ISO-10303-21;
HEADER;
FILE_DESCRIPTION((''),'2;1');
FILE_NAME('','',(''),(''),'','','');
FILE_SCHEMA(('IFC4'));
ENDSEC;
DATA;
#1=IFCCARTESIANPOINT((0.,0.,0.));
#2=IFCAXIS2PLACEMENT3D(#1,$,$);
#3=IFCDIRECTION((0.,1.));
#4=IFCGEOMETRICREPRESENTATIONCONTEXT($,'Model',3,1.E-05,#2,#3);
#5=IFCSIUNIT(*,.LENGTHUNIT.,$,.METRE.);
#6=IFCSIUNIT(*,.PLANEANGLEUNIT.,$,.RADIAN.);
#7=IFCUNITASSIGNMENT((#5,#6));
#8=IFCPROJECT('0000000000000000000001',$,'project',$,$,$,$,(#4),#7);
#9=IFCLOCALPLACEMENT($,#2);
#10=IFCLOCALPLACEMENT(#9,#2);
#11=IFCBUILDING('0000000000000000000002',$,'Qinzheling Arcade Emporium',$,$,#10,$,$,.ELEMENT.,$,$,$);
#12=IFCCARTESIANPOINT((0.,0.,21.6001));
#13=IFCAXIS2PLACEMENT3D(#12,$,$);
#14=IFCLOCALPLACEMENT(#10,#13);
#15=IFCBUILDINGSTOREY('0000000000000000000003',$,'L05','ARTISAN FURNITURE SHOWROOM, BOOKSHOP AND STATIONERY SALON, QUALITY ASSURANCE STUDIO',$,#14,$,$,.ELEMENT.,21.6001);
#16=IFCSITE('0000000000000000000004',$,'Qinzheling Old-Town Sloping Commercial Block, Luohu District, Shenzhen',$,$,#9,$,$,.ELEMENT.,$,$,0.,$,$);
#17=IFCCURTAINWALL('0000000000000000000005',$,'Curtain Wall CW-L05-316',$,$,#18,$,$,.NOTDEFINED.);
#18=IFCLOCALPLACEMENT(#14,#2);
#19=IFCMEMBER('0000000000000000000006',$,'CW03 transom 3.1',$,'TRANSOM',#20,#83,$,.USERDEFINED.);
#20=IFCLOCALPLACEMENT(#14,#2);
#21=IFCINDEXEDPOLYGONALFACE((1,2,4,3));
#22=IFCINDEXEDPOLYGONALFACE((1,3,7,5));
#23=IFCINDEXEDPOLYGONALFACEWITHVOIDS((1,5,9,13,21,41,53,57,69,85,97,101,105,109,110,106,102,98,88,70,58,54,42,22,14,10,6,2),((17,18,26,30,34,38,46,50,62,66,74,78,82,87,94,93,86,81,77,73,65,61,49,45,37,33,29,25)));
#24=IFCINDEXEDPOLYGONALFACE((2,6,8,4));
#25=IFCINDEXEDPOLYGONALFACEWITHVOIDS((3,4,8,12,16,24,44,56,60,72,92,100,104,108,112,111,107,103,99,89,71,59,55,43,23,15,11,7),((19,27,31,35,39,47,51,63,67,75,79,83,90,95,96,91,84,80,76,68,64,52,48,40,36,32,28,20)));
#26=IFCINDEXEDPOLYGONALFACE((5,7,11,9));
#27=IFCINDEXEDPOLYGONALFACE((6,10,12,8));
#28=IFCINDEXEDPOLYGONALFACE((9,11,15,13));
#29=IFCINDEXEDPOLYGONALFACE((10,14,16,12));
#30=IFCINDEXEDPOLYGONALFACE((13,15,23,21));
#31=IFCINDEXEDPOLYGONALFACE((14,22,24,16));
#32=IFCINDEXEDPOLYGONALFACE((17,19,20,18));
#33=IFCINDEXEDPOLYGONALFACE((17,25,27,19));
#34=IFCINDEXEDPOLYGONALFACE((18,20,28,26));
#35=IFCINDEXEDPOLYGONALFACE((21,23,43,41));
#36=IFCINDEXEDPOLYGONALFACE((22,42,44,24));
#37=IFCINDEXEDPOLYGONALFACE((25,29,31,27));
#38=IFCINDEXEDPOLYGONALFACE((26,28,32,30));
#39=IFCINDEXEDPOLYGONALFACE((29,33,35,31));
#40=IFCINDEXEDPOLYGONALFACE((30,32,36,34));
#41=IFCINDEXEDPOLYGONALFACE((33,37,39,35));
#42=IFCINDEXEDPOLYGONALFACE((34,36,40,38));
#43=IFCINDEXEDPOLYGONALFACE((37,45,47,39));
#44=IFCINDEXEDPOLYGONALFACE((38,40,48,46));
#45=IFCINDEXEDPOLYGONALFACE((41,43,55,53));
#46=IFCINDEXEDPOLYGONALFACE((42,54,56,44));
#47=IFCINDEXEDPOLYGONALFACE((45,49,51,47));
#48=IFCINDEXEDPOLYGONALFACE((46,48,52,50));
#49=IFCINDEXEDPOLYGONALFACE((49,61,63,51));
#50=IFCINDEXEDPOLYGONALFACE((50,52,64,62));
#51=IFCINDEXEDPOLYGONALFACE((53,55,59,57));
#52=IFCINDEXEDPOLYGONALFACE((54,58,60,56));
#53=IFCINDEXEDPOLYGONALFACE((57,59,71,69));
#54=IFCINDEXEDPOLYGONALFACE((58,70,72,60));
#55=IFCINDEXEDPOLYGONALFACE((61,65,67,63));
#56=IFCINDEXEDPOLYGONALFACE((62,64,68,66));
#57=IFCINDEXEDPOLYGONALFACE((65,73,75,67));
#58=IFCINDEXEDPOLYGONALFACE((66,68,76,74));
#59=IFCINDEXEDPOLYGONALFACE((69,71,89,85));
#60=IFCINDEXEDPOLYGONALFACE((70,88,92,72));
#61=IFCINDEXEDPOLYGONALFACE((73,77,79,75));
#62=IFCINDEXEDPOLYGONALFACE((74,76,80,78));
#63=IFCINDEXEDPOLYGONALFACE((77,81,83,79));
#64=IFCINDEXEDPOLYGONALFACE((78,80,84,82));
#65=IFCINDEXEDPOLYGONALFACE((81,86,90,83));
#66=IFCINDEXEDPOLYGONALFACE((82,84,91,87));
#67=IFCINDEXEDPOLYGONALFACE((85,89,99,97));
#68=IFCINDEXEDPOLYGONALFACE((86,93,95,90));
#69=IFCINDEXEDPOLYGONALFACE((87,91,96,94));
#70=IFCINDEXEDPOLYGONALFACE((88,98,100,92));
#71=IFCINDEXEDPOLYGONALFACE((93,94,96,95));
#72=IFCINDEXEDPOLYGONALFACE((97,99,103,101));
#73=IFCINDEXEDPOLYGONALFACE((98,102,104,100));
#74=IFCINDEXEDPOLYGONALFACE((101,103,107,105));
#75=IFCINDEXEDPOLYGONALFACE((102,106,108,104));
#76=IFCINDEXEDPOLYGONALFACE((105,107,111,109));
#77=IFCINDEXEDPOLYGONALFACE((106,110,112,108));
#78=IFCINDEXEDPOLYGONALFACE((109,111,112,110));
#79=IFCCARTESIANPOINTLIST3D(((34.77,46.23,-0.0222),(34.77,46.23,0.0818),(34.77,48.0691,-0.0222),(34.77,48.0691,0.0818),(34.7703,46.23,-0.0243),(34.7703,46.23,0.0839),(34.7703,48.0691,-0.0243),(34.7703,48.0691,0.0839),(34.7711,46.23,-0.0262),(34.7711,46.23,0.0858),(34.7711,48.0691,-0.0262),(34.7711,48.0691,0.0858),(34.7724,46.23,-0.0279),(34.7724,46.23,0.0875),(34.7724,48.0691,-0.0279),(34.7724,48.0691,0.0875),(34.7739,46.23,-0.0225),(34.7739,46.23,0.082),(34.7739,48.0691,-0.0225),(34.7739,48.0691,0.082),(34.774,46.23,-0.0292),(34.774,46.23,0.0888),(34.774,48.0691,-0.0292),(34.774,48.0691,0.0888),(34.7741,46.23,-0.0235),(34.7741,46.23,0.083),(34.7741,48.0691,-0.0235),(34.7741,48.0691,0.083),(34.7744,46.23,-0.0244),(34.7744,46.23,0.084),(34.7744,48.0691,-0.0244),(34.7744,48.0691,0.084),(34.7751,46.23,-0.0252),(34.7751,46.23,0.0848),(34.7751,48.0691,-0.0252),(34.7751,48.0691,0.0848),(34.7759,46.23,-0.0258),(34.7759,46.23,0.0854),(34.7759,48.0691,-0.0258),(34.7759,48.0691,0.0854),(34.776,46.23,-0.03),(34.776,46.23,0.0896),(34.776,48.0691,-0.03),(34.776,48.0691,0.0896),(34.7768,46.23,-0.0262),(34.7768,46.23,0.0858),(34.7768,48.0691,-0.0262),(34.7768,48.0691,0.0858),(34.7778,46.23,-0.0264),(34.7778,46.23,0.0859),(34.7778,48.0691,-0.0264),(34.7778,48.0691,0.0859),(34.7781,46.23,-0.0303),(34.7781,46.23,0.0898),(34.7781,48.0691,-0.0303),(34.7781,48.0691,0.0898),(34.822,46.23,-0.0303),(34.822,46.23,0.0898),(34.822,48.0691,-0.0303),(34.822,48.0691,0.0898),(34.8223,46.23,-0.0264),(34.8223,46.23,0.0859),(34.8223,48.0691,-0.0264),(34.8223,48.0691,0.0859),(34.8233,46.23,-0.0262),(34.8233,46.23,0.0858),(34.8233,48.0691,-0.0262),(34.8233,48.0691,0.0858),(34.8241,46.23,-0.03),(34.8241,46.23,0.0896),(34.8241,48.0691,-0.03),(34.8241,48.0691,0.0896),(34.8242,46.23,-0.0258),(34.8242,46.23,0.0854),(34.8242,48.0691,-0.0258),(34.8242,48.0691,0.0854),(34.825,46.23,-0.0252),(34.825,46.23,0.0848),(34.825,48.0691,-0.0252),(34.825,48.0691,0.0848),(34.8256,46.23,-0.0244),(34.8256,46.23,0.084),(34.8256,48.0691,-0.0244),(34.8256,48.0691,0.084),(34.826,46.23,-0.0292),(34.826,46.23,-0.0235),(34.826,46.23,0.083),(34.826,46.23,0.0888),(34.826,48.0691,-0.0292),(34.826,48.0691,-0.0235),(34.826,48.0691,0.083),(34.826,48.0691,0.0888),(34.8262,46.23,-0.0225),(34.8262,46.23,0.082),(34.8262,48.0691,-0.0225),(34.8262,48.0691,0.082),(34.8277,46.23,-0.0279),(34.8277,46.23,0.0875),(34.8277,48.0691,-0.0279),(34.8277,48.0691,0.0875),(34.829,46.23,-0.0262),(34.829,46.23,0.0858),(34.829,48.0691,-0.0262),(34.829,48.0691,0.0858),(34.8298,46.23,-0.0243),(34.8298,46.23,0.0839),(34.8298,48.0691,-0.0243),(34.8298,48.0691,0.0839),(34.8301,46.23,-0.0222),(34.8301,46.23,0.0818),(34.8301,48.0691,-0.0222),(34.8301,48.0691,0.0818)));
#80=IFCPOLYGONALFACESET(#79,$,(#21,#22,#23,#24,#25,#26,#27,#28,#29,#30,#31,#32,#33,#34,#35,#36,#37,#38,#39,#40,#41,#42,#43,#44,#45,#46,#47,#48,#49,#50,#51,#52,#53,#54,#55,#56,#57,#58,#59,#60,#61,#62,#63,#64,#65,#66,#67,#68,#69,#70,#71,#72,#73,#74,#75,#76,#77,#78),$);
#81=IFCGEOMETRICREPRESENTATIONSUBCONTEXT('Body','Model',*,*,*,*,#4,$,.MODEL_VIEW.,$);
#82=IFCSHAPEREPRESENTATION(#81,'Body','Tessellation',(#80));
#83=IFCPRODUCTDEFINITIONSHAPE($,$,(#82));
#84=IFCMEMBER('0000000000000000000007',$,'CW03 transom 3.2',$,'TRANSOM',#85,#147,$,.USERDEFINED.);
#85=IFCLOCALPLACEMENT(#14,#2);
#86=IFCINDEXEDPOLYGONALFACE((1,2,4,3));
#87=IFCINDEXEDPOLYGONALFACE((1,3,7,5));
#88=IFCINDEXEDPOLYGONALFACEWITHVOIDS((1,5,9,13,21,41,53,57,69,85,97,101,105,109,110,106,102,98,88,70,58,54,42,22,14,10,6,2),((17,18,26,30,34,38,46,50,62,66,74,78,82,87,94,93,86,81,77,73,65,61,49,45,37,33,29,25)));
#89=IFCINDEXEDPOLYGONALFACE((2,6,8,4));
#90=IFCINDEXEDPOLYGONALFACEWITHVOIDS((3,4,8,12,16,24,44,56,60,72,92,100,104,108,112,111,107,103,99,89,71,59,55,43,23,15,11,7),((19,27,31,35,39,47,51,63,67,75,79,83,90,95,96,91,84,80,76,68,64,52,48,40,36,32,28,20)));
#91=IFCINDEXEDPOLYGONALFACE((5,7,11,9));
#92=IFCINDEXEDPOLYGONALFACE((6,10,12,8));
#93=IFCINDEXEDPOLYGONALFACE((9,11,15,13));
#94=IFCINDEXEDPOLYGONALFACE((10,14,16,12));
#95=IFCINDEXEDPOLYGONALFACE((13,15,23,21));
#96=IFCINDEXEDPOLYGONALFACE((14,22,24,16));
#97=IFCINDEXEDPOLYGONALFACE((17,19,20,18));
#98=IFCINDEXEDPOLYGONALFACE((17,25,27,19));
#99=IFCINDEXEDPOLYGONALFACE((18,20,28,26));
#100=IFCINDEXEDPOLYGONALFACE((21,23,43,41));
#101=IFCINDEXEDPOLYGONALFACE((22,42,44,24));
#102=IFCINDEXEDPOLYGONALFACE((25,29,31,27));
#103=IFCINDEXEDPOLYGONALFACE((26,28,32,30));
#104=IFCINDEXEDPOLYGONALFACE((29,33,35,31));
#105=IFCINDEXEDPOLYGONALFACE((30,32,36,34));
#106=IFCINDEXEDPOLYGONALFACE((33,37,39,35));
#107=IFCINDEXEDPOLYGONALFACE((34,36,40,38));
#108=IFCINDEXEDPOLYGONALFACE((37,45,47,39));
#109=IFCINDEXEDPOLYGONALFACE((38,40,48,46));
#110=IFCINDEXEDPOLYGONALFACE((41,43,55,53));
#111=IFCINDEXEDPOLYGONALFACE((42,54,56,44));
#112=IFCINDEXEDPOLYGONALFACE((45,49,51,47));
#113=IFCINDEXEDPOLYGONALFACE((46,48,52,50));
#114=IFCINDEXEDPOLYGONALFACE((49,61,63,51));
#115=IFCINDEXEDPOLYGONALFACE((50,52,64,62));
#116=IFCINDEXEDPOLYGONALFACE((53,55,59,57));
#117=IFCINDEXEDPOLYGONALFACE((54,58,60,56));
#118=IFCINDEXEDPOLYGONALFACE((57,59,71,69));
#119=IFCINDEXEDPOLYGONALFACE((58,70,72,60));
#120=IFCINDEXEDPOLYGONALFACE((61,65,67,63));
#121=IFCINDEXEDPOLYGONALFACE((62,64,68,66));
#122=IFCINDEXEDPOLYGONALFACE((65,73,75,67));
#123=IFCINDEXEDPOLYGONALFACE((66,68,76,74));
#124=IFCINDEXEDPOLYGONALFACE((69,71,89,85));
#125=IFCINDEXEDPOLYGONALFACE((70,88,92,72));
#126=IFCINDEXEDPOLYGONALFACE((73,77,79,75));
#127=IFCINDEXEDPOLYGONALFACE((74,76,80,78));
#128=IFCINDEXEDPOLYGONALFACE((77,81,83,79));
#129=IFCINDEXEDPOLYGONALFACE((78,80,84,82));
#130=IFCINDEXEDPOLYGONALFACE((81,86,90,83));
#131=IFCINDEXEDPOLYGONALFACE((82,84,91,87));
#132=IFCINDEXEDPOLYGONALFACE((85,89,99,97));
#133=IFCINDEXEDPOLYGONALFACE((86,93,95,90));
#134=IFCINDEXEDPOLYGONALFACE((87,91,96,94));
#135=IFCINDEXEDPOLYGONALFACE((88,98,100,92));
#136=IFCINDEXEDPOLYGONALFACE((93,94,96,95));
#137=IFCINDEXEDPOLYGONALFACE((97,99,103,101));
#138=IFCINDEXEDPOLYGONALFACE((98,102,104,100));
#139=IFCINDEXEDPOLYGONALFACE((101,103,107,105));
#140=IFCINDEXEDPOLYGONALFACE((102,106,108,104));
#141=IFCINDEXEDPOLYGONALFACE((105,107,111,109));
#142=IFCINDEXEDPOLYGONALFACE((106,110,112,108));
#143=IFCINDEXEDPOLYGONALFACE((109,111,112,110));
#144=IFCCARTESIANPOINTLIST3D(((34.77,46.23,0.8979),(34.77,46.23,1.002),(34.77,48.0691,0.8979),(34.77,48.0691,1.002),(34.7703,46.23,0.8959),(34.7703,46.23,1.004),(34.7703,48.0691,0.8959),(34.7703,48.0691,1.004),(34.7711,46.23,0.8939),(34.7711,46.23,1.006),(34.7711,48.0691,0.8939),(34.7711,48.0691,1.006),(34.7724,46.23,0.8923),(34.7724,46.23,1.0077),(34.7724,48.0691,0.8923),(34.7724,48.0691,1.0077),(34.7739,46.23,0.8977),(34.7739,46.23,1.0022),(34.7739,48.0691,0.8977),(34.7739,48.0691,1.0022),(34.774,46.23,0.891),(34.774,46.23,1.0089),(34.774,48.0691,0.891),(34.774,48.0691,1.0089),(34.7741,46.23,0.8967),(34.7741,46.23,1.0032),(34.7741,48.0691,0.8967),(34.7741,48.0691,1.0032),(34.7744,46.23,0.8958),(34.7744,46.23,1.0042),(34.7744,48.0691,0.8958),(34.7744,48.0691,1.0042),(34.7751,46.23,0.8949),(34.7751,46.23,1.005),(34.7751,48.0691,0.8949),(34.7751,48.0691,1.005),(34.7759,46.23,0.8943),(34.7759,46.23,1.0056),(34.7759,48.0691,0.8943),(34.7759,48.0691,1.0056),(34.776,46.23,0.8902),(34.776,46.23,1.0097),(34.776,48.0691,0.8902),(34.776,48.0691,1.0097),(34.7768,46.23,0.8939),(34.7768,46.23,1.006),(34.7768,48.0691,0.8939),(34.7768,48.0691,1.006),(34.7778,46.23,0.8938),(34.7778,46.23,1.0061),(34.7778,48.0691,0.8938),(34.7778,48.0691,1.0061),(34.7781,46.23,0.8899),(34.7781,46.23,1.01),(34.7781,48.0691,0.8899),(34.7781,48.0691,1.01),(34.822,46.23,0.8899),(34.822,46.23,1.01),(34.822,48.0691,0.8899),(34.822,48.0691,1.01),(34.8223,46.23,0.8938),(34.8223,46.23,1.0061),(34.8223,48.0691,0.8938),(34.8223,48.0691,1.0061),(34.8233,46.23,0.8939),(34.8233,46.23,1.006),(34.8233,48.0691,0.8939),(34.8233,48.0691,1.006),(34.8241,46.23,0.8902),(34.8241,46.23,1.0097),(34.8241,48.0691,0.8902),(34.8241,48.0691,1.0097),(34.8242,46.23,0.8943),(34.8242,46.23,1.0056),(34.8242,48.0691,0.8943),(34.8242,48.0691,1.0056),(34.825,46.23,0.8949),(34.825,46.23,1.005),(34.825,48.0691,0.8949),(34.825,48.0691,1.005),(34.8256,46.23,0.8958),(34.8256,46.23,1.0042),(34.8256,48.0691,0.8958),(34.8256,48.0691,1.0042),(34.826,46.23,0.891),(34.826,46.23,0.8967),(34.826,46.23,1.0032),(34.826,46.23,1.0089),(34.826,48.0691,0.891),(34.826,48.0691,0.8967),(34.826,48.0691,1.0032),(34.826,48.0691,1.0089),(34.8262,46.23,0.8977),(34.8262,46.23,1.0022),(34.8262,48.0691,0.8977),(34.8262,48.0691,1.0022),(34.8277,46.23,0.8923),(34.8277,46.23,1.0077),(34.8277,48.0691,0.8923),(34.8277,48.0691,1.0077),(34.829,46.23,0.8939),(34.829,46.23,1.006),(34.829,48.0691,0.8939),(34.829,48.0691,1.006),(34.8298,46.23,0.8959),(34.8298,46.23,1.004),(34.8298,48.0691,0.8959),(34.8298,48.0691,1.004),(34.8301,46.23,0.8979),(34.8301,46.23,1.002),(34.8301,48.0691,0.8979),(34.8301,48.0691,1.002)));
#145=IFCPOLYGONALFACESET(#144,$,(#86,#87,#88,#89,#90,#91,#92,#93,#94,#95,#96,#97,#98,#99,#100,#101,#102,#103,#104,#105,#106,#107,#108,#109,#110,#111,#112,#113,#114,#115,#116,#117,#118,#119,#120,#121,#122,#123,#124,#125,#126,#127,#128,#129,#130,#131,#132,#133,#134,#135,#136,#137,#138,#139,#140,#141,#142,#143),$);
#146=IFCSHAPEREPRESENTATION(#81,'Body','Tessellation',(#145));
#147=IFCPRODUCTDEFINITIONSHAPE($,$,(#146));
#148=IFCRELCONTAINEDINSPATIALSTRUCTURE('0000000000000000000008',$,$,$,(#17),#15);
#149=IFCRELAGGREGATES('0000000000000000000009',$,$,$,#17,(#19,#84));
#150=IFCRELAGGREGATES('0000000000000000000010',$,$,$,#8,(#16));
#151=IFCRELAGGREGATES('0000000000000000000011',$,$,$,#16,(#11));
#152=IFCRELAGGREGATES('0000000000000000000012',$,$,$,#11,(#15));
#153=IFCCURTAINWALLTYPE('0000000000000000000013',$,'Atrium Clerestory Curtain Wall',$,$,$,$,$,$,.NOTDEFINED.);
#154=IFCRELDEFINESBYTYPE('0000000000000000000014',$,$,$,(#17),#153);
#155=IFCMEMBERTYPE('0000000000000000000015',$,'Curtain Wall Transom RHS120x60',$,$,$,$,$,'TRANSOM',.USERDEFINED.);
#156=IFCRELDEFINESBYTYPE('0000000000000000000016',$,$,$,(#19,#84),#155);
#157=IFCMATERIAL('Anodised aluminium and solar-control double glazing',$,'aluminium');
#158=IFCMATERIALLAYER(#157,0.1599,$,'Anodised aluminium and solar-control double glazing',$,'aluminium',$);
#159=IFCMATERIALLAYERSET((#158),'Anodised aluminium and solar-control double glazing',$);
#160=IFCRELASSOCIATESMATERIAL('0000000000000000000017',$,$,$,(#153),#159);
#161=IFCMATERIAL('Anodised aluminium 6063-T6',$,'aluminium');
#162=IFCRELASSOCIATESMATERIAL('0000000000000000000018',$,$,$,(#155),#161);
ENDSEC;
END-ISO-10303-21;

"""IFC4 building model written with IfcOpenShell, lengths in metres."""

from ifc_helpers import new_model, si_unit, direction, frame, origin, origin_2d, place, context, subcontext, project, spatial, hollow_rectangle, extrude, material, layer, layer_set, material_profile, profile_set, type_object, element, aggregate, save


model = new_model("IFC4")

# Units and contexts
model_context = context("Model", 3, precision=1e-05, world=origin(), true_north=direction((0.0, 1.0)))
body_context = subcontext(model_context, "Body", "Model", "MODEL_VIEW")
ifc_project = project(units=[si_unit("LENGTHUNIT", "METRE"), si_unit("PLANEANGLEUNIT", "RADIAN")], contexts=[model_context])

# Site, building, storey
site_placement = place(None, origin())
site = spatial("IfcSite", under=ifc_project, at=site_placement, Name="Qinzheling Old-Town Sloping Commercial Block, Luohu District, Shenzhen", CompositionType="ELEMENT", RefElevation=0.0)
building_placement = place(site_placement, origin())
building = spatial("IfcBuilding", under=site, at=building_placement, Name="Qinzheling Arcade Emporium", CompositionType="ELEMENT")
storey_placement = place(building_placement, frame((0.0, 0.0, 21.6001)))
storey = spatial("IfcBuildingStorey", under=building, at=storey_placement, Name="L05", Description="ARTISAN FURNITURE SHOWROOM, BOOKSHOP AND STATIONERY SALON, QUALITY ASSURANCE STUDIO", CompositionType="ELEMENT", Elevation=21.6001)

# Curtain wall
ifc_material_1 = material(Name="Anodised aluminium and solar-control double glazing", Category="aluminium")
ifc_layer_1 = layer(ifc_material_1, 0.1599, Name="Anodised aluminium and solar-control double glazing", Category="aluminium")
ifc_layer_set_1 = layer_set([ifc_layer_1], Name="Anodised aluminium and solar-control double glazing")
curtain_wall_type = type_object("IfcCurtainWallType", Name="Atrium Clerestory Curtain Wall", PredefinedType="NOTDEFINED", material=ifc_layer_set_1)
curtain_wall_1_placement = place(storey_placement, origin())
curtain_wall_1 = element("IfcCurtainWall", 1, at=curtain_wall_1_placement, inside=storey, type_object=curtain_wall_type, Name="Curtain Wall CW-L05-316", PredefinedType="NOTDEFINED")
ifc_material_2 = material(Name="Anodised aluminium 6063-T6", Category="aluminium")

# Members
ifc_material_profile_1 = material_profile(ifc_material_2, hollow_rectangle(XDim=0.0601, YDim=0.1201, WallThickness=0.0039, InnerFilletRadius=0.0039, OuterFilletRadius=0.0081, at=origin_2d()), Name="RHS 120x60x4", Category="aluminium")
ifc_profile_set_1 = profile_set([ifc_material_profile_1], Name="Anodised aluminium 6063-T6")
member_type_1 = type_object("IfcMemberType", Name="Curtain Wall Transom RHS120x60", ElementType="TRANSOM", PredefinedType="USERDEFINED", material=ifc_profile_set_1)
member_1_placement = place(storey_placement, frame((34.8, 46.23, 0.0298), z_axis=(0.0, 1.0, 0.0), x_axis=(-1.0, 0.0, 0.0)))
member_1 = element("IfcMember", 2, at=member_1_placement, type_object=member_type_1, Name="CW03 transom 3.1", ObjectType="TRANSOM", PredefinedType="USERDEFINED", context=body_context, shape_type="SweptSolid", body=[
    extrude(hollow_rectangle(XDim=0.0601, YDim=0.1201, WallThickness=0.0039, InnerFilletRadius=0.0039, OuterFilletRadius=0.0081, at=origin_2d()), origin(), (0.0, 0.0, 1.0), 1.8391),
])
member_2_placement = place(storey_placement, frame((34.8, 46.23, 0.95), z_axis=(0.0, 1.0, 0.0), x_axis=(-1.0, 0.0, 0.0)))
member_2 = element("IfcMember", 3, at=member_2_placement, type_object=member_type_1, Name="CW03 transom 3.2", ObjectType="TRANSOM", PredefinedType="USERDEFINED", context=body_context, shape_type="SweptSolid", body=[
    extrude(hollow_rectangle(XDim=0.0601, YDim=0.1201, WallThickness=0.0039, InnerFilletRadius=0.0039, OuterFilletRadius=0.0081, at=origin_2d()), origin(), (0.0, 0.0, 1.0), 1.8391),
])

aggregate(curtain_wall_1, [member_1, member_2])

save(model, "model.ifc")
